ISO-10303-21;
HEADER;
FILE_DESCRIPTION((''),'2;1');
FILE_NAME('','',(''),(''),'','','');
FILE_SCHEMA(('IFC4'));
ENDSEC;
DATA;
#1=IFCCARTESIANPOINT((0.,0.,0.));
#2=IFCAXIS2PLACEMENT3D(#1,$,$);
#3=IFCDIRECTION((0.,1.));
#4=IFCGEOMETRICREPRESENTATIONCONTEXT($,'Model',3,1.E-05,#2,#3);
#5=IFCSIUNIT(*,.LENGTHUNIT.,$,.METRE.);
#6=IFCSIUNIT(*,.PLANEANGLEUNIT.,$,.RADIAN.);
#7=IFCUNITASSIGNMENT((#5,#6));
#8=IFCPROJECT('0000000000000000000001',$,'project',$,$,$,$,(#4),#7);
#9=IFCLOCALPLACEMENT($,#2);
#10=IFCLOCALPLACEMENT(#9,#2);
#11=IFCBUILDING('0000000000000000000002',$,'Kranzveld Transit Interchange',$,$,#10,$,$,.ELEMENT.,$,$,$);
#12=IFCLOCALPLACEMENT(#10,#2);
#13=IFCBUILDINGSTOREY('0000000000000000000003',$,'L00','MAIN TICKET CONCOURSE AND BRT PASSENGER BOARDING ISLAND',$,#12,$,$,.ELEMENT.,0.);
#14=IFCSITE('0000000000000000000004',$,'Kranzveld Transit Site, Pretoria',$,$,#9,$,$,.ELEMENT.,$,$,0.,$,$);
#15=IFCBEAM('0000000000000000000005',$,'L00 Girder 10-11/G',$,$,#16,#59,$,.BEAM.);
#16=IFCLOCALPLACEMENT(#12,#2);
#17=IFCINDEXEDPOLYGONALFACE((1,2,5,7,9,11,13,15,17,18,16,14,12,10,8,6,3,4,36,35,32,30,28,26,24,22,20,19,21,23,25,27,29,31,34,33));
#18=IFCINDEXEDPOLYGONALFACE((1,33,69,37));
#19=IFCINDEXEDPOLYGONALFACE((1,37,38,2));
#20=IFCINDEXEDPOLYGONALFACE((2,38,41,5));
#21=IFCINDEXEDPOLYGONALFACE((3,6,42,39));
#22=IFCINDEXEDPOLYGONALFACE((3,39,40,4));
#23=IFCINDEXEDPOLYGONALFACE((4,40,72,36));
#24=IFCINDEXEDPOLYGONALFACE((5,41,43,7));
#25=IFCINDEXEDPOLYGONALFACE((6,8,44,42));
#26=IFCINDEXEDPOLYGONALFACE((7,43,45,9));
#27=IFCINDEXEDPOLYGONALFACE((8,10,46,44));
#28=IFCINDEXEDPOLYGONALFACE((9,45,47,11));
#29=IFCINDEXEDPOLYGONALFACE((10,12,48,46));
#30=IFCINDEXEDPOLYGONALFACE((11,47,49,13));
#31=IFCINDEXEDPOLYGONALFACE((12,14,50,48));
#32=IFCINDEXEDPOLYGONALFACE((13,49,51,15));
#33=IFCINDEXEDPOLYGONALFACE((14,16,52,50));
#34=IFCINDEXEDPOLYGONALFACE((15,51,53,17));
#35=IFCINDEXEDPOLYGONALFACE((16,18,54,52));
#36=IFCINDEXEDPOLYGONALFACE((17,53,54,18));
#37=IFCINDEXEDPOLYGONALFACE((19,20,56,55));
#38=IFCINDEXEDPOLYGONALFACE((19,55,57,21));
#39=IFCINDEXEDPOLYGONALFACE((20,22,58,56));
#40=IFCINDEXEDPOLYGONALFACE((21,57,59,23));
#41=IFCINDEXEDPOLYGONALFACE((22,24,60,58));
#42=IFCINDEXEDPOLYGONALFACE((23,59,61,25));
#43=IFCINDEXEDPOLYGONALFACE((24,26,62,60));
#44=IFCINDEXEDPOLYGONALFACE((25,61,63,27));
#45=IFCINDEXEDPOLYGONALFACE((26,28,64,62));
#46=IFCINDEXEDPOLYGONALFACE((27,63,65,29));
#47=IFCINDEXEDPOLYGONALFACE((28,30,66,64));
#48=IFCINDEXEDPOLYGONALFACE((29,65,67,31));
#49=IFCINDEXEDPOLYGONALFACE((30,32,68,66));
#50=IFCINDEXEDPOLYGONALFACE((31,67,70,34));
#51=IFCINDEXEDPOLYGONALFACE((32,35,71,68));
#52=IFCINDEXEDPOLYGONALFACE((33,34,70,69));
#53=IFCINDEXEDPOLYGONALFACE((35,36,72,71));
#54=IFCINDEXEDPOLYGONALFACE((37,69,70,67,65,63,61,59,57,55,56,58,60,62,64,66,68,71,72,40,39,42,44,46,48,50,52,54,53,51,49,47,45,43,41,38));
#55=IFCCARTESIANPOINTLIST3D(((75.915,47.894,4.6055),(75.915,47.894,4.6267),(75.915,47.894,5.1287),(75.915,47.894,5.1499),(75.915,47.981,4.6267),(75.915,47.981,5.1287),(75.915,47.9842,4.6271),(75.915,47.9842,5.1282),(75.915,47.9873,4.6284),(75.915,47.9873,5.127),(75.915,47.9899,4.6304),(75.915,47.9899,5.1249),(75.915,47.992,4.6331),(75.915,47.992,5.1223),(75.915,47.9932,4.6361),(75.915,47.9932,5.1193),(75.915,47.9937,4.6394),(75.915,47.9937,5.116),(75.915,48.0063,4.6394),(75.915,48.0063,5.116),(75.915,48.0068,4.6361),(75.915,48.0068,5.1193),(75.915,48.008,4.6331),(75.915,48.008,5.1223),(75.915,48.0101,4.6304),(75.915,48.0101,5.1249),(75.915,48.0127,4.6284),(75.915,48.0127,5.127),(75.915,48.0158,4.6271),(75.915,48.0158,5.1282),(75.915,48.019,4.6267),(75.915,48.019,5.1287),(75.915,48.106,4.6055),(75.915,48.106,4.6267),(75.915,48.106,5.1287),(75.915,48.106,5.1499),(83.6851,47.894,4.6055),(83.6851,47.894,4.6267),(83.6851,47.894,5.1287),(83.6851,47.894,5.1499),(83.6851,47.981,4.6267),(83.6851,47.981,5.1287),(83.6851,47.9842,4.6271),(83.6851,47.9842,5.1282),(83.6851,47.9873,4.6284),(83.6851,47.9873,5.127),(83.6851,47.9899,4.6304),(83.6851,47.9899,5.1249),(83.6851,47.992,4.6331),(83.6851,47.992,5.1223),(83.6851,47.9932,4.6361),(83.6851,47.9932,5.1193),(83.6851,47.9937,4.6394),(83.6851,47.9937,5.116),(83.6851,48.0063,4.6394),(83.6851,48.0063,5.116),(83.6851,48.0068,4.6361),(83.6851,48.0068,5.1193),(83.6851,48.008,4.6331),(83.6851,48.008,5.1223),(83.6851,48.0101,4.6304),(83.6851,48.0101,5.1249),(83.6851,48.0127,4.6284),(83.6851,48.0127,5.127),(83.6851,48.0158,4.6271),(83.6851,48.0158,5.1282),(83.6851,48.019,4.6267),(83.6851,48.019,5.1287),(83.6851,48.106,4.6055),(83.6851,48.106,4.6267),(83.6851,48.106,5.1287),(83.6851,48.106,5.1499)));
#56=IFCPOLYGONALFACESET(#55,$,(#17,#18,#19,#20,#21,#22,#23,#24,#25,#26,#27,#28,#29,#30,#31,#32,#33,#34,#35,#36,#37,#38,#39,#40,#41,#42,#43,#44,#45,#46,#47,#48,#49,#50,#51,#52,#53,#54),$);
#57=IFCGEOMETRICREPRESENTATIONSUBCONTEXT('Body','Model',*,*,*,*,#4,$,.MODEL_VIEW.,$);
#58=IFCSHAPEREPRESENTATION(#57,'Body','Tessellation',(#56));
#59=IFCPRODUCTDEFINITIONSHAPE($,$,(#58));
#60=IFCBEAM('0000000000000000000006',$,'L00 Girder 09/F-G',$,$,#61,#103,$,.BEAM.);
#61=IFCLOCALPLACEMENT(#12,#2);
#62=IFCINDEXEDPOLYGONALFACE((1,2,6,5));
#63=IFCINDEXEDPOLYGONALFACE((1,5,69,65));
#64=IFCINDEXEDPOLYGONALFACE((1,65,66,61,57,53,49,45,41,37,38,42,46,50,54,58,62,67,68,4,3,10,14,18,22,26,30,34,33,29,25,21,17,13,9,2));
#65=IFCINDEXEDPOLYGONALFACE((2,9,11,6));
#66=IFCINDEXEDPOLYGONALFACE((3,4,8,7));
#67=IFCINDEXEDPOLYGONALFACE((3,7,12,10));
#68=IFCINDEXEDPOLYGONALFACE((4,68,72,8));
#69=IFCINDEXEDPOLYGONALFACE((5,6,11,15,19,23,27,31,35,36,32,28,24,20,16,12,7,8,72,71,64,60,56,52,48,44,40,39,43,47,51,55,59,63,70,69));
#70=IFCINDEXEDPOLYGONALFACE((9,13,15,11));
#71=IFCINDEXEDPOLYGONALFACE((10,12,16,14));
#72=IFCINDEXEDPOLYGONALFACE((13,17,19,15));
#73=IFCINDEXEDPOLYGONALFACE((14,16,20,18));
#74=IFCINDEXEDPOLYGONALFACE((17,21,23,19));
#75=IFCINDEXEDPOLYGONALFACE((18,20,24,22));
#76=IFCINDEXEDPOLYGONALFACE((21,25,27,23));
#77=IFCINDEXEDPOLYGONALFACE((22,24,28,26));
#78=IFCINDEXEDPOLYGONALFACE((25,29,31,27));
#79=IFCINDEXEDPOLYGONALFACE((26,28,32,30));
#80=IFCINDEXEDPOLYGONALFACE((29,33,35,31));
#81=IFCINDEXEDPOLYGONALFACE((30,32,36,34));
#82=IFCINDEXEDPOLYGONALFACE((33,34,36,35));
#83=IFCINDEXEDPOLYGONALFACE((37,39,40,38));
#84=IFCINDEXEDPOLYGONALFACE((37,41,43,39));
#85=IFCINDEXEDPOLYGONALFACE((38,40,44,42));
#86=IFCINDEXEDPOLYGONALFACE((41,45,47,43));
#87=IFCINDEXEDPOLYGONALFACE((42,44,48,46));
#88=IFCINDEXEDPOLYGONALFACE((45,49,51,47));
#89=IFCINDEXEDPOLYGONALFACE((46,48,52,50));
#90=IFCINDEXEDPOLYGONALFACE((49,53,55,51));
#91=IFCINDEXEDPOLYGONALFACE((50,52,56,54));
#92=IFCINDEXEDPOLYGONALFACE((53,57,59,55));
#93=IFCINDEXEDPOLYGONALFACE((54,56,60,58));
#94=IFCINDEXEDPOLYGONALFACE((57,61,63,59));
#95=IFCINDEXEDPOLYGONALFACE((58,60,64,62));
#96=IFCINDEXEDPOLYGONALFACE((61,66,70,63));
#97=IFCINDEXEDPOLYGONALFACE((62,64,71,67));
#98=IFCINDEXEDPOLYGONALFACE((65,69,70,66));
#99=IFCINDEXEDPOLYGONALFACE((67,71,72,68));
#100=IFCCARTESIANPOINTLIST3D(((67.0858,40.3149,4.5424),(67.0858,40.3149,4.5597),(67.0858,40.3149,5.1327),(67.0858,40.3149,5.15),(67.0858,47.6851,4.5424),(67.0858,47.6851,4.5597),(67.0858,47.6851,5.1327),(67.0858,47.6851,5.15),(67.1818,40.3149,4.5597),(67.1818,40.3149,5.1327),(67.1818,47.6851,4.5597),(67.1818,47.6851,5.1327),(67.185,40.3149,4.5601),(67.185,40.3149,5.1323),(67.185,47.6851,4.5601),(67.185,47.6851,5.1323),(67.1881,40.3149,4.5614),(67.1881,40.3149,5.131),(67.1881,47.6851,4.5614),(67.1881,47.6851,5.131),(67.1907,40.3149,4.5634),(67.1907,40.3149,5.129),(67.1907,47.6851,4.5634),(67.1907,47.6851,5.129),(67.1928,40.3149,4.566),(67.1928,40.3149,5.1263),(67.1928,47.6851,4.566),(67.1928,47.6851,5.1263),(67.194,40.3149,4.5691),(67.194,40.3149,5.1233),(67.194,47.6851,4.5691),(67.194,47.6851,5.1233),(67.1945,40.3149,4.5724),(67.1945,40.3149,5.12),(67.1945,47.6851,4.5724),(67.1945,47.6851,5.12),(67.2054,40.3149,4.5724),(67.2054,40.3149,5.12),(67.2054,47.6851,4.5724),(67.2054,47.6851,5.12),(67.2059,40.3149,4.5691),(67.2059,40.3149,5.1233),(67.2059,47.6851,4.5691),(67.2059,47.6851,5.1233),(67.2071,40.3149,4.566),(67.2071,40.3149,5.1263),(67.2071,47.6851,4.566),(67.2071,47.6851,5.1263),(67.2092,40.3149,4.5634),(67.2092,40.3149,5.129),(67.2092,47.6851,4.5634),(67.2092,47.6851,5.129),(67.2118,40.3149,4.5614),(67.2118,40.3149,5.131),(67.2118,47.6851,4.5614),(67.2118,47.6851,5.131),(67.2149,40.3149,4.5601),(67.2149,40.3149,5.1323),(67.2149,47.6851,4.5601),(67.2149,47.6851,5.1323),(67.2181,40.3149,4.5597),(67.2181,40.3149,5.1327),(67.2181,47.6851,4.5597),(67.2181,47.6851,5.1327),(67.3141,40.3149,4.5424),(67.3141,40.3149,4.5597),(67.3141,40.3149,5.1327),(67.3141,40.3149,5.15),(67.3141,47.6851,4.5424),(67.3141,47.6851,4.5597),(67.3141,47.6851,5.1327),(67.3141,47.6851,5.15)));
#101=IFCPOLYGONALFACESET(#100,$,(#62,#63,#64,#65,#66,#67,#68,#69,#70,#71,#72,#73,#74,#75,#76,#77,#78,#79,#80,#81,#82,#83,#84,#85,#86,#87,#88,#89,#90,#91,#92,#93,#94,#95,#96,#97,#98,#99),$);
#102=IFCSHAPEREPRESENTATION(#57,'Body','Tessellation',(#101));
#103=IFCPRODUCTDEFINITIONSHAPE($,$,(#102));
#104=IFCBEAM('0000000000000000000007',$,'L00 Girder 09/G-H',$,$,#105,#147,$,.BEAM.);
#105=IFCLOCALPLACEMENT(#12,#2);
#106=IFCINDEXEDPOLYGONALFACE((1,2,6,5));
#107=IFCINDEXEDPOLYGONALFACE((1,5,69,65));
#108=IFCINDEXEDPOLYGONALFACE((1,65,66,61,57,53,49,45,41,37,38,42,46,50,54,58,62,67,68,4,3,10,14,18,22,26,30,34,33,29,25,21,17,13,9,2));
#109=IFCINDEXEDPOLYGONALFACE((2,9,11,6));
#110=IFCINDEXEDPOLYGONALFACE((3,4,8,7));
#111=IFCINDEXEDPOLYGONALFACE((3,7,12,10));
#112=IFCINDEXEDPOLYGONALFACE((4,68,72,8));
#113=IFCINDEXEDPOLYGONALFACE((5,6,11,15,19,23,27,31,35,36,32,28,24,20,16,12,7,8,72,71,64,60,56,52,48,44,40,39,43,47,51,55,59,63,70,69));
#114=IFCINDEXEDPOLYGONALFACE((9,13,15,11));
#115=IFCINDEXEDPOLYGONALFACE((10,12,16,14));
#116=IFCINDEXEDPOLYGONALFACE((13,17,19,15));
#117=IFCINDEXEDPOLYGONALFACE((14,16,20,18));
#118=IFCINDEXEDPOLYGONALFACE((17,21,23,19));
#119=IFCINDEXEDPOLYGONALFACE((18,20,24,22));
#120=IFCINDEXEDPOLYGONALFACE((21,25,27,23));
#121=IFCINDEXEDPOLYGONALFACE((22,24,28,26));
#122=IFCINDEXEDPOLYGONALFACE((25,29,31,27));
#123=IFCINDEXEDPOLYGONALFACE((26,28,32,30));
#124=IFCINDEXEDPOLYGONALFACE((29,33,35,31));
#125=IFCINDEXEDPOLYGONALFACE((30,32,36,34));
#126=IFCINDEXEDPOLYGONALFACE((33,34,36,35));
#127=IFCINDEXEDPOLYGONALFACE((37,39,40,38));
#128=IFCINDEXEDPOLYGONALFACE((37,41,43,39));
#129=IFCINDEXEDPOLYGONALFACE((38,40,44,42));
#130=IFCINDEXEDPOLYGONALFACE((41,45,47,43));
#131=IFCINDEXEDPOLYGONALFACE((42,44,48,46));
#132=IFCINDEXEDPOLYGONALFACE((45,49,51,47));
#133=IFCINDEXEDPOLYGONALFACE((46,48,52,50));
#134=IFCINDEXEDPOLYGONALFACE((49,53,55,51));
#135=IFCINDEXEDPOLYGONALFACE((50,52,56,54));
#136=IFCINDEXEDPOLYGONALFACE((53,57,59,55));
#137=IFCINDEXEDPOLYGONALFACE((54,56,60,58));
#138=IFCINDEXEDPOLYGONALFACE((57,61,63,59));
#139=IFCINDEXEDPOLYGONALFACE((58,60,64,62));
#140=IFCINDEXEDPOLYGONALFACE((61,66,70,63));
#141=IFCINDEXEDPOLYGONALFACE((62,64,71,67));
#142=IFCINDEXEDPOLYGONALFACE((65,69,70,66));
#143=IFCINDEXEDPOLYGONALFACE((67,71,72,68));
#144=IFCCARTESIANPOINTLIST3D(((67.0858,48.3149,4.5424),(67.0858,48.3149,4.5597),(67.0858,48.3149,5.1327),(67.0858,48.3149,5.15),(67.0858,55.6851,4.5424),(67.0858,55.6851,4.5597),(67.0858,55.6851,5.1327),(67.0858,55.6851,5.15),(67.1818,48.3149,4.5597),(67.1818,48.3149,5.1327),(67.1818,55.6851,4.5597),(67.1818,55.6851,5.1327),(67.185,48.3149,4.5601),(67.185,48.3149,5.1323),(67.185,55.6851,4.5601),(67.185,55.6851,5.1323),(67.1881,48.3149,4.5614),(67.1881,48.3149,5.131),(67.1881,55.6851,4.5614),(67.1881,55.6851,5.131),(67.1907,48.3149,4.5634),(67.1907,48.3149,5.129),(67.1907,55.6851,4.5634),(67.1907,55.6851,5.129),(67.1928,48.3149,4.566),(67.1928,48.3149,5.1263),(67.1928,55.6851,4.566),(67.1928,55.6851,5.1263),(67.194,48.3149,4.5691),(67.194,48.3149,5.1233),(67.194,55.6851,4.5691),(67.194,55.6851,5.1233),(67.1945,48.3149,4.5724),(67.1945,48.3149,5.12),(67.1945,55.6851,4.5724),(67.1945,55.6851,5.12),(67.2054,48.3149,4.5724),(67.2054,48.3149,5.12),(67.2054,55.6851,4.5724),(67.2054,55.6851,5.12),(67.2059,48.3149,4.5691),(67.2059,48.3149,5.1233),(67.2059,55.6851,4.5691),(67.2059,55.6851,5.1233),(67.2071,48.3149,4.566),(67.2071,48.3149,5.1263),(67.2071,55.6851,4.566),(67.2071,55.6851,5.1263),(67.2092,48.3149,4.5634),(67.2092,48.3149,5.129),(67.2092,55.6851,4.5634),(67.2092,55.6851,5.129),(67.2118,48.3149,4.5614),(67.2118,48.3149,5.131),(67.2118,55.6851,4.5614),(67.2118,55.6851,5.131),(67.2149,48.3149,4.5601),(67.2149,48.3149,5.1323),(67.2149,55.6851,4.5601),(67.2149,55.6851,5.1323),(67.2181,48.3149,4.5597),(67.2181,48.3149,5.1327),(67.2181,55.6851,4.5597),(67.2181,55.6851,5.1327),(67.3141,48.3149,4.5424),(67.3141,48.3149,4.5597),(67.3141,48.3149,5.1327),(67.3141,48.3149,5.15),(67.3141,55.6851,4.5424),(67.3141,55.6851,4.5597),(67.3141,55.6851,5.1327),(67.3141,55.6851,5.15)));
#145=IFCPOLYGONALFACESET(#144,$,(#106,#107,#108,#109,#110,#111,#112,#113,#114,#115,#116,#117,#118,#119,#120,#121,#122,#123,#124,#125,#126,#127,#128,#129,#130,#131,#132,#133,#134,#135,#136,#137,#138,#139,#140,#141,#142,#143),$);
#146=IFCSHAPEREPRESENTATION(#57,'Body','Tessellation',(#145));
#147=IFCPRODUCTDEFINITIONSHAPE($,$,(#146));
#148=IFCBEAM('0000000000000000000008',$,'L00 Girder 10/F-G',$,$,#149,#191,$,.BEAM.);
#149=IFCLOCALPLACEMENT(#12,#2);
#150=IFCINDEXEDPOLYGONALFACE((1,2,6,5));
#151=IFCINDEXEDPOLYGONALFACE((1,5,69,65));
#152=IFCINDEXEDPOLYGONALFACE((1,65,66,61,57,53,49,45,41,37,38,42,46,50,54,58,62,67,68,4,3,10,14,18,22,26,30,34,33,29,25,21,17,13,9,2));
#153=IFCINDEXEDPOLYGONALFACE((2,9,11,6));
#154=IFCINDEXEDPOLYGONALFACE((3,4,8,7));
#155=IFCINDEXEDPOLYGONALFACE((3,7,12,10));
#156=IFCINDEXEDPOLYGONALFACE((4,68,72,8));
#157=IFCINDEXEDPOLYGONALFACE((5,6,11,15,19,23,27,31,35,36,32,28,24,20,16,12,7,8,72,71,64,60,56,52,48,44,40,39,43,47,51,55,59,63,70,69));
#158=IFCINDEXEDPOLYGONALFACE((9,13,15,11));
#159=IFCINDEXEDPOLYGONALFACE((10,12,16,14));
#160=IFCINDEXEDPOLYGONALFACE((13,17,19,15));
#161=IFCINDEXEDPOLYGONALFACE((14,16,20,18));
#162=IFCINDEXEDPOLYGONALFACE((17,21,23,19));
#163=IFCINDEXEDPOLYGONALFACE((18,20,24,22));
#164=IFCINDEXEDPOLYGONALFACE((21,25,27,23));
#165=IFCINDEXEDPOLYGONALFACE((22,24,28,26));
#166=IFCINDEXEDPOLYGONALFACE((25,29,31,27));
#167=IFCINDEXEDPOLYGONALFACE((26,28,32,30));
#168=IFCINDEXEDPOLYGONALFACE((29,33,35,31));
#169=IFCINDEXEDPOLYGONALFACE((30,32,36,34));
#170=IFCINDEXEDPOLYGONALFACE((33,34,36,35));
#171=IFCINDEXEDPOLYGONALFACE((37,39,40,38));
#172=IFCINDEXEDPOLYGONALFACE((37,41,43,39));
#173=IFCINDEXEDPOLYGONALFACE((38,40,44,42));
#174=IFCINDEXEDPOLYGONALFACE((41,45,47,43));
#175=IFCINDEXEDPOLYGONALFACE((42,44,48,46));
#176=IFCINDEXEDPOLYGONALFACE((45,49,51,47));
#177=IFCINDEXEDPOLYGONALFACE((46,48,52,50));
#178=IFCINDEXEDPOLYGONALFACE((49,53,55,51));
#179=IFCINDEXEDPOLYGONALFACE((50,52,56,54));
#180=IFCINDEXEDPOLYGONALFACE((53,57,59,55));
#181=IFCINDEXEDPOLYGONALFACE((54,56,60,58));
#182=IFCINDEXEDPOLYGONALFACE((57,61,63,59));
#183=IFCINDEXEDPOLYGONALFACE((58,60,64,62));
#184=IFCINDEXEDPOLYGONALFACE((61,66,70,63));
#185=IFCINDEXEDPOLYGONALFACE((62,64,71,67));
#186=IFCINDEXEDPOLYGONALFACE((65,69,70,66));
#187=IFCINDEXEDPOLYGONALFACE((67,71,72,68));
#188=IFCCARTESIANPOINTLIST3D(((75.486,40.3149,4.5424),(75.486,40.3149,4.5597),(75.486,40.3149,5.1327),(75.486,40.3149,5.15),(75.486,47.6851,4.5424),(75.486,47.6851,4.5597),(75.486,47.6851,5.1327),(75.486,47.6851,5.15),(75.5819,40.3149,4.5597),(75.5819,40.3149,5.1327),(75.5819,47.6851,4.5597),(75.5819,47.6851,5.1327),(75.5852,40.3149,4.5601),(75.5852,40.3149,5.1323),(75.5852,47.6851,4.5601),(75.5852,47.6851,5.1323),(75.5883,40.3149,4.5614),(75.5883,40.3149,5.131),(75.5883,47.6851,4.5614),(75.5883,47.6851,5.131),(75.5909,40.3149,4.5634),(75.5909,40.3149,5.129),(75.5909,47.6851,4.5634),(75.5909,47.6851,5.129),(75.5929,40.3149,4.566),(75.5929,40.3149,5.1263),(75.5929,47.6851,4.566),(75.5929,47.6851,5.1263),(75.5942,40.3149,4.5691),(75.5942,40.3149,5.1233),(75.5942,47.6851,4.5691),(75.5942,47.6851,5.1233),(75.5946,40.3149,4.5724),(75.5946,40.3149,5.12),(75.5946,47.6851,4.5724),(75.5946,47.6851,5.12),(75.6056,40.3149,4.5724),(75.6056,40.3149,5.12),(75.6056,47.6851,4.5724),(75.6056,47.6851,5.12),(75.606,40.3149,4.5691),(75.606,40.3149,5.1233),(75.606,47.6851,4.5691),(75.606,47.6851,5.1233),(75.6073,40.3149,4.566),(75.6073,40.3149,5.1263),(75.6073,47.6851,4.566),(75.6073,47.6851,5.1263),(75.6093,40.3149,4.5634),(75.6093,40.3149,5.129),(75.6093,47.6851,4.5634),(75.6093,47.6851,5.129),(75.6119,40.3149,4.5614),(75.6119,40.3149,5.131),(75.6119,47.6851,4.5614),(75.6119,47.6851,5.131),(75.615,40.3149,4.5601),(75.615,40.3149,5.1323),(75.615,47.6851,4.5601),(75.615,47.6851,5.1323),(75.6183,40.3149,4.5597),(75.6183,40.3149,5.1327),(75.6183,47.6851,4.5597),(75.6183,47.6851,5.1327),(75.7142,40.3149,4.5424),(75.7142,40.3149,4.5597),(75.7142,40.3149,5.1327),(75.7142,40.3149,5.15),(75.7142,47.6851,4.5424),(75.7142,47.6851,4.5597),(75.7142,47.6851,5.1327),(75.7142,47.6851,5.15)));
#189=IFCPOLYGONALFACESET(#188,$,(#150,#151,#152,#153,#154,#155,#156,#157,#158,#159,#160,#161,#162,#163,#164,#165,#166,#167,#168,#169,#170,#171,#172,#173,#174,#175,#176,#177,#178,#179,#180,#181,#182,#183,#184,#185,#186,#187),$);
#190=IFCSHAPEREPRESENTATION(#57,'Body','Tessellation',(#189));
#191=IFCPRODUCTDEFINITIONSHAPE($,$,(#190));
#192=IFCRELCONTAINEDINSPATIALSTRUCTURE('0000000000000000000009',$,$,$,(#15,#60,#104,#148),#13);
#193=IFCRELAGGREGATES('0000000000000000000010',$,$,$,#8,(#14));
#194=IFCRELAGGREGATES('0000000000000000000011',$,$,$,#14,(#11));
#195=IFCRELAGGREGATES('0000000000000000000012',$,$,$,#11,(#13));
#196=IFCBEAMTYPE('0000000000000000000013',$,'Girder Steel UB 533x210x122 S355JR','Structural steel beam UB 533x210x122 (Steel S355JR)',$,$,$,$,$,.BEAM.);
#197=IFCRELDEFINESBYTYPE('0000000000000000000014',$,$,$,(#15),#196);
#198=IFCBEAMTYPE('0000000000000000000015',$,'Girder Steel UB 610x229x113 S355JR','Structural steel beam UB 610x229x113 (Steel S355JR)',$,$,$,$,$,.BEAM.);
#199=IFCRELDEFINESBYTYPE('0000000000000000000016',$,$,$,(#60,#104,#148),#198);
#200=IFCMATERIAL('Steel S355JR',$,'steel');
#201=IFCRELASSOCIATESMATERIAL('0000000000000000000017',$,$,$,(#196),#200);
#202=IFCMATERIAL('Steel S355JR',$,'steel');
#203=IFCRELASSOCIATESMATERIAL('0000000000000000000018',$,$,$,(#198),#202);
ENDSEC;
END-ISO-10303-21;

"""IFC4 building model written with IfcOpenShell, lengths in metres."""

from ifc_helpers import new_model, si_unit, direction, frame, origin, origin_2d, place, context, subcontext, project, spatial, i_section, extrude, material, material_profile, profile_set, type_object, element, save


model = new_model("IFC4")

# Units and contexts
model_context = context("Model", 3, precision=1e-05, world=origin(), true_north=direction((0.0, 1.0)))
body_context = subcontext(model_context, "Body", "Model", "MODEL_VIEW")
ifc_project = project(units=[si_unit("LENGTHUNIT", "METRE"), si_unit("PLANEANGLEUNIT", "RADIAN")], contexts=[model_context])

# Site, building, storey
site_placement = place(None, origin())
site = spatial("IfcSite", under=ifc_project, at=site_placement, Name="Kranzveld Transit Site, Pretoria", CompositionType="ELEMENT", RefElevation=0.0)
building_placement = place(site_placement, origin())
building = spatial("IfcBuilding", under=site, at=building_placement, Name="Kranzveld Transit Interchange", CompositionType="ELEMENT")
storey_placement = place(building_placement, origin())
storey = spatial("IfcBuildingStorey", under=building, at=storey_placement, Name="L00", Description="MAIN TICKET CONCOURSE AND BRT PASSENGER BOARDING ISLAND", CompositionType="ELEMENT", Elevation=0.0)

# Beams
ifc_material_1 = material(Name="Steel S355JR", Category="steel")
ifc_material_profile_1 = material_profile(ifc_material_1, i_section(OverallWidth=0.2119, OverallDepth=0.5444, WebThickness=0.0127, FlangeThickness=0.0212, FilletRadius=0.0127, at=origin_2d()), Name="UB 533x210x122")
ifc_profile_set_1 = profile_set([ifc_material_profile_1], Name="Steel S355JR")
beam_type_1 = type_object("IfcBeamType", Name="Girder Steel UB 533x210x122 S355JR", Description="Structural steel beam UB 533x210x122 (Steel S355JR)", PredefinedType="BEAM", material=ifc_profile_set_1)
for number, where, z_axis, x_axis, name in (
    (1, (75.915, 48.0, 4.8777), (1.0, 0.0, 0.0), (0.0, 1.0, 0.0), "L00 Girder 10-11/G"),
):
    element("IfcBeam", number, at=place(storey_placement, frame(where, z_axis=z_axis, x_axis=x_axis)), inside=storey, type_object=beam_type_1, Name=name, PredefinedType="BEAM", context=body_context, shape_type="SweptSolid", body=[
        extrude(i_section(OverallWidth=0.2119, OverallDepth=0.5444, WebThickness=0.0127, FlangeThickness=0.0212, FilletRadius=0.0127, at=origin_2d()), origin(), (0.0, 0.0, 1.0), 7.77),
    ])
ifc_material_2 = material(Name="Steel S355JR", Category="steel")
ifc_material_profile_2 = material_profile(ifc_material_2, i_section(OverallWidth=0.2283, OverallDepth=0.6077, WebThickness=0.011, FlangeThickness=0.0173, FilletRadius=0.0127, at=origin_2d()), Name="UB 610x229x113")
ifc_profile_set_2 = profile_set([ifc_material_profile_2], Name="Steel S355JR")
beam_type_2 = type_object("IfcBeamType", Name="Girder Steel UB 610x229x113 S355JR", Description="Structural steel beam UB 610x229x113 (Steel S355JR)", PredefinedType="BEAM", material=ifc_profile_set_2)
for number, where, z_axis, x_axis, name in (
    (2, (67.2, 40.3149, 4.8462), (0.0, 1.0, 0.0), (-1.0, 0.0, 0.0), "L00 Girder 09/F-G"),
    (3, (67.2, 48.3149, 4.8462), (0.0, 1.0, 0.0), (-1.0, 0.0, 0.0), "L00 Girder 09/G-H"),
    (4, (75.6001, 40.3149, 4.8462), (0.0, 1.0, 0.0), (-1.0, 0.0, 0.0), "L00 Girder 10/F-G"),
):
    element("IfcBeam", number, at=place(storey_placement, frame(where, z_axis=z_axis, x_axis=x_axis)), inside=storey, type_object=beam_type_2, Name=name, PredefinedType="BEAM", context=body_context, shape_type="SweptSolid", body=[
        extrude(i_section(OverallWidth=0.2283, OverallDepth=0.6077, WebThickness=0.011, FlangeThickness=0.0173, FilletRadius=0.0127, at=origin_2d()), origin(), (0.0, 0.0, 1.0), 7.3701),
    ])

save(model, "model.ifc")
